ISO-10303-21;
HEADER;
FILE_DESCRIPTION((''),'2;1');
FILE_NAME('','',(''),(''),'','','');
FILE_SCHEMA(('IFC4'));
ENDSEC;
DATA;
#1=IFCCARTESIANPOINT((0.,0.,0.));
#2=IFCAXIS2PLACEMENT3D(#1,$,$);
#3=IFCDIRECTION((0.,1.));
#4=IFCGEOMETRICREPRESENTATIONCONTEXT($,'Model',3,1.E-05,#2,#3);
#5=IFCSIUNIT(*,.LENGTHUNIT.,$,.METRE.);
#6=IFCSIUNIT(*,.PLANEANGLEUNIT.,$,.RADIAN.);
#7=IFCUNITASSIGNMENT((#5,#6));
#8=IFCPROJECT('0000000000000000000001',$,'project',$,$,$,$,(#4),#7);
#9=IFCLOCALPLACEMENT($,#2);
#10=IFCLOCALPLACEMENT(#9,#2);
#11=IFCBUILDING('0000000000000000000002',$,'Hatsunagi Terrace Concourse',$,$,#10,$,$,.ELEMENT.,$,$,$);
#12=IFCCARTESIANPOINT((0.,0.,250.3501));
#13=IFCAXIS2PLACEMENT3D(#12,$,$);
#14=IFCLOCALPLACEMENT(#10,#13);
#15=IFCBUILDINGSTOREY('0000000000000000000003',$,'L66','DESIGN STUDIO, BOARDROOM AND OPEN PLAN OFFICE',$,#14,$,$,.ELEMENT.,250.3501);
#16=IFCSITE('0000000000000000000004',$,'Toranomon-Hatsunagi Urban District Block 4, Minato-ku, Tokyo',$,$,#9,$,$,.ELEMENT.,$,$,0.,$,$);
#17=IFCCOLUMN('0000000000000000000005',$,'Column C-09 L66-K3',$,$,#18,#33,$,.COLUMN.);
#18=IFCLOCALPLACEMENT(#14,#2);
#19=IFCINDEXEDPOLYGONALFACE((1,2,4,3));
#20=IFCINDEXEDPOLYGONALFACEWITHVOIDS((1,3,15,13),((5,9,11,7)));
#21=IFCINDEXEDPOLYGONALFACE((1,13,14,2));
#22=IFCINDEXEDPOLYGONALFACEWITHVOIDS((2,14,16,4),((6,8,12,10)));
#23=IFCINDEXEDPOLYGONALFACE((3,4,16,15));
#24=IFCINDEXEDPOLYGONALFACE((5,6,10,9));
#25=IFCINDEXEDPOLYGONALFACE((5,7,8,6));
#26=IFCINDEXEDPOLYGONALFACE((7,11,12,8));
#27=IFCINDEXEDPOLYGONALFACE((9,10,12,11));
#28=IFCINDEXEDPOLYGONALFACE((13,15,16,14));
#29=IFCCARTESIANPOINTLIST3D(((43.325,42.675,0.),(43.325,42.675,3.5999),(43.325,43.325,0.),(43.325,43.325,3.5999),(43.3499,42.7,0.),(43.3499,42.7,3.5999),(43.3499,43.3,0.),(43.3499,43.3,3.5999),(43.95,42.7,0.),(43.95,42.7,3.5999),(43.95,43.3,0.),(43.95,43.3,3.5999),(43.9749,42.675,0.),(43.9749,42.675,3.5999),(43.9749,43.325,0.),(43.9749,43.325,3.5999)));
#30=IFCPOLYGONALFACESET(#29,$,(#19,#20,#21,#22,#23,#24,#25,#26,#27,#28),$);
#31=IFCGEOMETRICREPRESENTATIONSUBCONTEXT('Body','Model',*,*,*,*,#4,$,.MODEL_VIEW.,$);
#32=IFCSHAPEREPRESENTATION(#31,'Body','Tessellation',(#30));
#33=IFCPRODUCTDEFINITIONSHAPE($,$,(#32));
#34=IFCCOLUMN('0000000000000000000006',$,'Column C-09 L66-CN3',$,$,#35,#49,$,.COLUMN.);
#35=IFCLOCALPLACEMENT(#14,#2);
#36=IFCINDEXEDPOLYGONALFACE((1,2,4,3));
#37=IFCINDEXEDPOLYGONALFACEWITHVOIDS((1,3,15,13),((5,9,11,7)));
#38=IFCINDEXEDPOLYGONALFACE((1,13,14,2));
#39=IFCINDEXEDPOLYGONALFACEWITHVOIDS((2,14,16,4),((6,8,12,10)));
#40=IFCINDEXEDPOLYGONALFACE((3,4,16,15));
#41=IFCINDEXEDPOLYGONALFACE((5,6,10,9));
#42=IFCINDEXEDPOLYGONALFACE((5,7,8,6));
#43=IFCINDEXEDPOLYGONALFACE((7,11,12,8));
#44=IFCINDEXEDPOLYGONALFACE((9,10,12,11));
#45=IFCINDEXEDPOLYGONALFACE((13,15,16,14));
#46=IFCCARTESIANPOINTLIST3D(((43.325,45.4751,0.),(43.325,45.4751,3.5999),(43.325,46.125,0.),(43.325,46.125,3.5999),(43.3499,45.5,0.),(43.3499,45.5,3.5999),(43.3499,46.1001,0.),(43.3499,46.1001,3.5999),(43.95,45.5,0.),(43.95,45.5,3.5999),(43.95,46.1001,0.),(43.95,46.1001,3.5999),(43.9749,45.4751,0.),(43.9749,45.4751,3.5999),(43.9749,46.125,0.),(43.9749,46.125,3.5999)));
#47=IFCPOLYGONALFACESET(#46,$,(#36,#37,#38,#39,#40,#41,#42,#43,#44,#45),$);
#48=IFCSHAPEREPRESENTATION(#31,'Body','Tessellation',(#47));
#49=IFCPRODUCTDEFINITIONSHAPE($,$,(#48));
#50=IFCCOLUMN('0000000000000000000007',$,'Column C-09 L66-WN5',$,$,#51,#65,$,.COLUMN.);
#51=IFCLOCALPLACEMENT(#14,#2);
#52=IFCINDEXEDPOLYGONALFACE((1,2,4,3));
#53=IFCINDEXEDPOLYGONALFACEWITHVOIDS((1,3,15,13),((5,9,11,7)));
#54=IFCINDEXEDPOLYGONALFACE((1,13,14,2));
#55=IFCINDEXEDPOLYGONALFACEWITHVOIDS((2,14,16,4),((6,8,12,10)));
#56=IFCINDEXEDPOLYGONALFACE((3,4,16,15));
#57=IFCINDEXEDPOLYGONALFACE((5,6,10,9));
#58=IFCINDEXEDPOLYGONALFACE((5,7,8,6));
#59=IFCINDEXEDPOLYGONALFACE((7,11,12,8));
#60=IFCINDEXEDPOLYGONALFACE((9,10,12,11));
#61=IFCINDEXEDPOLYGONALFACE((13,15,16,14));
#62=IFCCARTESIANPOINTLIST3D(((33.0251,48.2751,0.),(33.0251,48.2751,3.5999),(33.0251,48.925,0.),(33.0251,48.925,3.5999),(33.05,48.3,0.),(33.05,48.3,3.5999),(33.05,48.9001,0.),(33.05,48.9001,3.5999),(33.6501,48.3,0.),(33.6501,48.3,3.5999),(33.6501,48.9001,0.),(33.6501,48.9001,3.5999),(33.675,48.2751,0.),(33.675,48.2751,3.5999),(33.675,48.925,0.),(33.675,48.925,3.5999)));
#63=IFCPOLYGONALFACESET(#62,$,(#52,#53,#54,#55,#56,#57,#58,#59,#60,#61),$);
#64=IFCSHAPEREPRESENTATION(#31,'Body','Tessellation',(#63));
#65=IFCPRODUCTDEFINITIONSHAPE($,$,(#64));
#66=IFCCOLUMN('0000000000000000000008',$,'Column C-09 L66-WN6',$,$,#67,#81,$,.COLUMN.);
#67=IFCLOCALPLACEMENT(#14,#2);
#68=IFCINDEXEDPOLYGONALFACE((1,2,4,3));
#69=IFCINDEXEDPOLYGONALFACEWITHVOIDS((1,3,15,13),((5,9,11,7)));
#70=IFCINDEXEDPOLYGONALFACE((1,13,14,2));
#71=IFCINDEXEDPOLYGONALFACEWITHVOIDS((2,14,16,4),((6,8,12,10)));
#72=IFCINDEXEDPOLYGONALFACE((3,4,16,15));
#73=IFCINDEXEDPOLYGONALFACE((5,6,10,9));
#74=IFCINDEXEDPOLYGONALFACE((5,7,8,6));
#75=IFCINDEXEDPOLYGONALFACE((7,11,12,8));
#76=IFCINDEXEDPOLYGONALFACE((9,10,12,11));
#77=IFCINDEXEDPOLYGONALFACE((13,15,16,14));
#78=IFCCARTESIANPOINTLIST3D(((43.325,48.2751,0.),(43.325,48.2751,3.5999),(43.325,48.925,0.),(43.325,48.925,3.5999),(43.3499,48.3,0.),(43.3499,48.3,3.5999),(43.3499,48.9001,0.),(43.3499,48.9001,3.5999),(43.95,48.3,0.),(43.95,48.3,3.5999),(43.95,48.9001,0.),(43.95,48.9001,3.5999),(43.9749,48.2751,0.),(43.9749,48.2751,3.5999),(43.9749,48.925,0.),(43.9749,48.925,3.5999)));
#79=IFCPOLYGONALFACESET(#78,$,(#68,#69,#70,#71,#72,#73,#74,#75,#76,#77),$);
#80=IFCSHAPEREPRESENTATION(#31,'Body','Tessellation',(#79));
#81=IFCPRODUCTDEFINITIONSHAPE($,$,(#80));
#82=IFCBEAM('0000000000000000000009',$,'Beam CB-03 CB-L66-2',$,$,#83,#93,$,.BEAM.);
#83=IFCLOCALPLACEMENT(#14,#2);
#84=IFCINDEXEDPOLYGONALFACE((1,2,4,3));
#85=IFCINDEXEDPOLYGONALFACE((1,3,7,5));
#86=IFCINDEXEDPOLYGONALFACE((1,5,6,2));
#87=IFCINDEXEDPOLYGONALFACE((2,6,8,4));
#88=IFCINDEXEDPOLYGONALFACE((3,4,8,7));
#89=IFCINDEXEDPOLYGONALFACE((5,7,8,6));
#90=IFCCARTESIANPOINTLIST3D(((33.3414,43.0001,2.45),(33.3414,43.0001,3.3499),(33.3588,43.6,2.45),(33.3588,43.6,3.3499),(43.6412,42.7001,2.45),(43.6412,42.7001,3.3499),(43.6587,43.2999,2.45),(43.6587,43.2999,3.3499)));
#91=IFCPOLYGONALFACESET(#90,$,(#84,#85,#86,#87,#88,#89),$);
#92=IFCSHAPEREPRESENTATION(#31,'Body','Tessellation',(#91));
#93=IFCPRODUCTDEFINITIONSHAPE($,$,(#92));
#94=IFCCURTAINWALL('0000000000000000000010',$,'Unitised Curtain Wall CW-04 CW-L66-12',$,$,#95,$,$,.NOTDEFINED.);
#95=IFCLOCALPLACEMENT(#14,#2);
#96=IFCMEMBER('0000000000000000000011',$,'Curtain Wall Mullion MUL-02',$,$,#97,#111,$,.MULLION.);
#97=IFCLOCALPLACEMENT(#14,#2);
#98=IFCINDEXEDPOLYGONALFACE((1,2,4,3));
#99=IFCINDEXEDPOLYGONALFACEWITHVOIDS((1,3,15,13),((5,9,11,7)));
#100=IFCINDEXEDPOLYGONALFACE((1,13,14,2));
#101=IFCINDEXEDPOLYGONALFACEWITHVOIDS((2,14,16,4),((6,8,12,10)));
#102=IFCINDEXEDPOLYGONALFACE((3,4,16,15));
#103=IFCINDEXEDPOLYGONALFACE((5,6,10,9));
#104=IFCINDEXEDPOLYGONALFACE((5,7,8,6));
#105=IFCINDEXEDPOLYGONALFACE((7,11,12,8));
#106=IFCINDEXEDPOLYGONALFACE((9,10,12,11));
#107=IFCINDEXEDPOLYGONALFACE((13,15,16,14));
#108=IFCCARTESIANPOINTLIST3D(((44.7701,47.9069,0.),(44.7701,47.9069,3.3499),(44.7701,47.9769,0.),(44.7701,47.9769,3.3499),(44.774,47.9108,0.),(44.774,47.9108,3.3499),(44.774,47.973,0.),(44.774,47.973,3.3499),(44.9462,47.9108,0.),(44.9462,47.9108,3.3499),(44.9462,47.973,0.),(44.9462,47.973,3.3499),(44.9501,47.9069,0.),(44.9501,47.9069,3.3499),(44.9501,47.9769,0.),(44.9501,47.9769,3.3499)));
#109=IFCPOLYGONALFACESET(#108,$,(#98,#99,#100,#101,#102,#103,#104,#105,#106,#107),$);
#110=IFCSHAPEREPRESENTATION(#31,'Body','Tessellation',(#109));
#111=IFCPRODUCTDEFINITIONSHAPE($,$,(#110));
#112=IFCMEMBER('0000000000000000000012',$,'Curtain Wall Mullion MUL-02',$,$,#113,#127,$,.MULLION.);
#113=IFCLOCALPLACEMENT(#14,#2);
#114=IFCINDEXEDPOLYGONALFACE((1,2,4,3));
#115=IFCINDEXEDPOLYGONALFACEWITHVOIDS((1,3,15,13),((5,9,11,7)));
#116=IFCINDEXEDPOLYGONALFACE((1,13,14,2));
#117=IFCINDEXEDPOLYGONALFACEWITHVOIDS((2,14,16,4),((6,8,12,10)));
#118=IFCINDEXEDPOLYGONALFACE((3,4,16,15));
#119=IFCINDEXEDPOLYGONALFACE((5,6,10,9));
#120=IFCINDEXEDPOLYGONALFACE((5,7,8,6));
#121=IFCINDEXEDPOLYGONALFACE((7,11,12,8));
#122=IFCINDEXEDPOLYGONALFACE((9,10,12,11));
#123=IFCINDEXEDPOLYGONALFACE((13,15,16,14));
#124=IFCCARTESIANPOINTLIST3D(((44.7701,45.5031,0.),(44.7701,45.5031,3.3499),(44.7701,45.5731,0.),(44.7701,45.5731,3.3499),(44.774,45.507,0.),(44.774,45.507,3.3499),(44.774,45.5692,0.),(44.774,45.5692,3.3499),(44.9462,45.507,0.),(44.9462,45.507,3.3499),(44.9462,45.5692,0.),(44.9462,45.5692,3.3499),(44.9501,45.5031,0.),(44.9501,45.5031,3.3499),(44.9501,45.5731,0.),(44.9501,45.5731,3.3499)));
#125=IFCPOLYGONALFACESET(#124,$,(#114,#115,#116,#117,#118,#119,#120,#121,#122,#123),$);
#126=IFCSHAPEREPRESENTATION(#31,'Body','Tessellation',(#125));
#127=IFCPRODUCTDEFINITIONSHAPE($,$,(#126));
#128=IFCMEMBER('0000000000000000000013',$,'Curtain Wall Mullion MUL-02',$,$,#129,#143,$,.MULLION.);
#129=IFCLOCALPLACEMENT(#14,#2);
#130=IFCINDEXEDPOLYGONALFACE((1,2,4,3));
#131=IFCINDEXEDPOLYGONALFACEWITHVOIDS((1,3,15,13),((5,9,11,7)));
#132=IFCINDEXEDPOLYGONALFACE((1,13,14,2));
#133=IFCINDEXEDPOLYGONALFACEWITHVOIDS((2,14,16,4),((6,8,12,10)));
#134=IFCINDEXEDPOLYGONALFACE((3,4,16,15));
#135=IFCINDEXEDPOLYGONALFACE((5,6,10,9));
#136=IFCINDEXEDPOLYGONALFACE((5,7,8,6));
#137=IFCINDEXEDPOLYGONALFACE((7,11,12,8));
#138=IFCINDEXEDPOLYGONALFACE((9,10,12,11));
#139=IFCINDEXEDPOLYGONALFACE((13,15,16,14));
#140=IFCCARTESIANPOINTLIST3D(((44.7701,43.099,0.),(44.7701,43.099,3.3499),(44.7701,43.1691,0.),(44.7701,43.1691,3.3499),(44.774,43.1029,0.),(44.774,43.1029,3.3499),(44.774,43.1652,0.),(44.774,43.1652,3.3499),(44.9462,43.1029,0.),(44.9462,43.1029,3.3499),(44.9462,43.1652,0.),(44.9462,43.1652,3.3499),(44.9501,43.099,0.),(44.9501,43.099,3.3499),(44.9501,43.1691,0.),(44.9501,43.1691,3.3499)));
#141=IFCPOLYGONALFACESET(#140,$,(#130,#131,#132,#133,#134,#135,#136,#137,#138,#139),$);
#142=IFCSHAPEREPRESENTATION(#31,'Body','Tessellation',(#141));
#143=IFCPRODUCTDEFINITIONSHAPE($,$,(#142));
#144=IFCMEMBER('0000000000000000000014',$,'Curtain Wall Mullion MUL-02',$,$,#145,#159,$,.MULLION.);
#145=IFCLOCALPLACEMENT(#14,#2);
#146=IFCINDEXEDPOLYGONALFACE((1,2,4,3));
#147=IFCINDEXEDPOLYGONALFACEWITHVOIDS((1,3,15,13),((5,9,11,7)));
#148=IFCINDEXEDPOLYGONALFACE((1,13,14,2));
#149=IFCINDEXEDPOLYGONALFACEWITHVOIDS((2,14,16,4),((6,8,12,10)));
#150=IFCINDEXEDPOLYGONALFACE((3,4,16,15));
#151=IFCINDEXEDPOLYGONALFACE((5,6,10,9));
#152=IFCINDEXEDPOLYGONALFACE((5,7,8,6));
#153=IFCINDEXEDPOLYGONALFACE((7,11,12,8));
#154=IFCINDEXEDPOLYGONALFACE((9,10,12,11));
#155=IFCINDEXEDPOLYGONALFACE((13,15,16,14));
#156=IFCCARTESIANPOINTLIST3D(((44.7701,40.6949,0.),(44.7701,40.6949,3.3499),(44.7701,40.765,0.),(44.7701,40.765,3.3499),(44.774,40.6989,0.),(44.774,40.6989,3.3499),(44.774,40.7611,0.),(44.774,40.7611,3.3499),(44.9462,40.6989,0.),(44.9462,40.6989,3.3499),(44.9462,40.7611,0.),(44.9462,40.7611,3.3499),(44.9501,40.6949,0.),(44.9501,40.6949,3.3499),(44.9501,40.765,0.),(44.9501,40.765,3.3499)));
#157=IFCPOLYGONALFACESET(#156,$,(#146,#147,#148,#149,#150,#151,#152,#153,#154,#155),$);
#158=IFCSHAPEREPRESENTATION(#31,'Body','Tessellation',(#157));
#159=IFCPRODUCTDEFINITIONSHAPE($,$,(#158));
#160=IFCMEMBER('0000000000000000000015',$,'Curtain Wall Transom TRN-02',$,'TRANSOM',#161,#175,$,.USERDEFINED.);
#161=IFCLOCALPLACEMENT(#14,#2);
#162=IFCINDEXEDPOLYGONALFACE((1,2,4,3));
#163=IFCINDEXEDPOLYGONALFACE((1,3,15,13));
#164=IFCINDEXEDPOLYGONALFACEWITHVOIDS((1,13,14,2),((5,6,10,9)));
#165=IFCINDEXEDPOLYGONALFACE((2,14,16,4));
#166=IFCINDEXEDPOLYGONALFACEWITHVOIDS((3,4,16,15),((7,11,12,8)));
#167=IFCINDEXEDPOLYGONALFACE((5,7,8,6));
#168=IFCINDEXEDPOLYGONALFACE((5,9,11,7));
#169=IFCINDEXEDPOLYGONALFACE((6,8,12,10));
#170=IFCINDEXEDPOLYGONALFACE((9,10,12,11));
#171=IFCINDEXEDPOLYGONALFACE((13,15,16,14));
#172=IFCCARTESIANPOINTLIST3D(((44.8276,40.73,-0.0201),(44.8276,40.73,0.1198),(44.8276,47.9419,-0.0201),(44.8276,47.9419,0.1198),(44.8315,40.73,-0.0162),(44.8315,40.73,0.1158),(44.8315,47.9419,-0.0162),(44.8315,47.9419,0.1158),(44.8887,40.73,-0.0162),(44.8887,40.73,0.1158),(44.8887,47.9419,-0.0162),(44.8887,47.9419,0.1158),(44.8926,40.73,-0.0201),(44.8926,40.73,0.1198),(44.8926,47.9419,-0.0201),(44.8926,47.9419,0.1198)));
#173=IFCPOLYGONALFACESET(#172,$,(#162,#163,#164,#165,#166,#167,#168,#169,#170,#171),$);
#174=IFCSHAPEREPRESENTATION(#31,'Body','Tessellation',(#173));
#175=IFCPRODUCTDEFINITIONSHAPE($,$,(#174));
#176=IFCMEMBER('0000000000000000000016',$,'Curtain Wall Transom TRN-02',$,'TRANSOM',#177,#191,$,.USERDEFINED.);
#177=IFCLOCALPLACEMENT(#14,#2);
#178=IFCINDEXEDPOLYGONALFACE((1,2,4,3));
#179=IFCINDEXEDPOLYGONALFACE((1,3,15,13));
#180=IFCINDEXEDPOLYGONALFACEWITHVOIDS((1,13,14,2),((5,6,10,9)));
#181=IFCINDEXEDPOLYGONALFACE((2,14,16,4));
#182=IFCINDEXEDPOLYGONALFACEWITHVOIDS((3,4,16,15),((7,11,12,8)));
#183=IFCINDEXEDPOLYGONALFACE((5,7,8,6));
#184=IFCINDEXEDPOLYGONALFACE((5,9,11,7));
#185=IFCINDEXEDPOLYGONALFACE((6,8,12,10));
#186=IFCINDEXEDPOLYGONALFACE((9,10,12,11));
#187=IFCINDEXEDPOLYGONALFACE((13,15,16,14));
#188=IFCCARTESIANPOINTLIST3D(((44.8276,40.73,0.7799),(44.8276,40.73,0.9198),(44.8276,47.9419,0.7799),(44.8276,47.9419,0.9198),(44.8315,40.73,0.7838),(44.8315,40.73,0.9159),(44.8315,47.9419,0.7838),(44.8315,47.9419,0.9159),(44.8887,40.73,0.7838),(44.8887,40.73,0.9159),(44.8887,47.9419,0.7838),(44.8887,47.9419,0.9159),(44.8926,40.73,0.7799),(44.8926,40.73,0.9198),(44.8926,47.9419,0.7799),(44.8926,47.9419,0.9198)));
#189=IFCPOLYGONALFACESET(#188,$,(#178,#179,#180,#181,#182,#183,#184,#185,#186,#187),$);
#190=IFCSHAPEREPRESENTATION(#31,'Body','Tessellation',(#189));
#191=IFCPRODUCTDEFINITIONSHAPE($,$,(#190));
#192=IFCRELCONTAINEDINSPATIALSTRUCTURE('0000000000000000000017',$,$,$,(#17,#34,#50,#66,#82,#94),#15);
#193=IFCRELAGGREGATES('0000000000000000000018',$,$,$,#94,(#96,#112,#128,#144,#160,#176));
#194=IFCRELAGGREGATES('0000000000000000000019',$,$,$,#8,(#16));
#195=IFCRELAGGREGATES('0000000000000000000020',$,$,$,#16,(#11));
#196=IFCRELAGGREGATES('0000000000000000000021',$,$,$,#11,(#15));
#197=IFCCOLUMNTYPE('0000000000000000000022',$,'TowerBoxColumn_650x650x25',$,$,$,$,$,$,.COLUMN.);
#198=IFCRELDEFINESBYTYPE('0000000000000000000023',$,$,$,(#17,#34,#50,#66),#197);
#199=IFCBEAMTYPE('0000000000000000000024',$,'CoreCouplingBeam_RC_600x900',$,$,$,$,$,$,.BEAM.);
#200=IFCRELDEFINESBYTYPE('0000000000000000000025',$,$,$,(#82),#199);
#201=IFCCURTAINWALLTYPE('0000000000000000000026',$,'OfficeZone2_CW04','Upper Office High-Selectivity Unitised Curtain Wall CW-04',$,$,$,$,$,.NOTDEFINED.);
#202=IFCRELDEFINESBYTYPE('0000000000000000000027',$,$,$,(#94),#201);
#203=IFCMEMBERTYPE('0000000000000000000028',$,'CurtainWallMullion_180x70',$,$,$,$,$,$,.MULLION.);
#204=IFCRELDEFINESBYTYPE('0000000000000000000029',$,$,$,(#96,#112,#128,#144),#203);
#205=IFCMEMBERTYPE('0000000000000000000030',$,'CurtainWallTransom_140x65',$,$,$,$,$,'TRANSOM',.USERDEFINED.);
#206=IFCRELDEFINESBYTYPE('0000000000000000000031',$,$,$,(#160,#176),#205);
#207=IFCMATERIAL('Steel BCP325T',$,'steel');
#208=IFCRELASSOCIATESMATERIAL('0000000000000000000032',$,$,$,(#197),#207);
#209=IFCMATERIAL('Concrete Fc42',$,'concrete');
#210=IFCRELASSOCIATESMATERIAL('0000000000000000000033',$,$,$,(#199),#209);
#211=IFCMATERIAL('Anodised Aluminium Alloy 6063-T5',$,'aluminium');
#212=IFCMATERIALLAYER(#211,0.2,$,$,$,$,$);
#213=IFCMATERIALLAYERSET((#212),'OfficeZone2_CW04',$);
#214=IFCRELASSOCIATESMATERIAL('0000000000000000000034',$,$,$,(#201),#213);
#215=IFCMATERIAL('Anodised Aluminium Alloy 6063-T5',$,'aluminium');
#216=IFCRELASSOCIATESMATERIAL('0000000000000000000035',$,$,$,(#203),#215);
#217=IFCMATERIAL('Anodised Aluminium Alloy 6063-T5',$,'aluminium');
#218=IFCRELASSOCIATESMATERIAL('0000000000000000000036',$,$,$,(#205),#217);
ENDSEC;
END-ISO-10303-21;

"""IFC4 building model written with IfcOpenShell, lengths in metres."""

from ifc_helpers import new_model, si_unit, direction, frame, origin, origin_2d, place, context, subcontext, project, spatial, rectangle, hollow_rectangle, extrude, material, layer, layer_set, material_profile, profile_set, type_object, element, aggregate, save


model = new_model("IFC4")

# Units and contexts
model_context = context("Model", 3, precision=1e-05, world=origin(), true_north=direction((0.0, 1.0)))
body_context = subcontext(model_context, "Body", "Model", "MODEL_VIEW")
ifc_project = project(units=[si_unit("LENGTHUNIT", "METRE"), si_unit("PLANEANGLEUNIT", "RADIAN")], contexts=[model_context])

# Site, building, storey
site_placement = place(None, origin())
site = spatial("IfcSite", under=ifc_project, at=site_placement, Name="Toranomon-Hatsunagi Urban District Block 4, Minato-ku, Tokyo", CompositionType="ELEMENT", RefElevation=0.0)
building_placement = place(site_placement, origin())
building = spatial("IfcBuilding", under=site, at=building_placement, Name="Hatsunagi Terrace Concourse", CompositionType="ELEMENT")
storey_placement = place(building_placement, frame((0.0, 0.0, 250.3501)))
storey = spatial("IfcBuildingStorey", under=building, at=storey_placement, Name="L66", Description="DESIGN STUDIO, BOARDROOM AND OPEN PLAN OFFICE", CompositionType="ELEMENT", Elevation=250.3501)

# Columns
ifc_material_1 = material(Name="Steel BCP325T", Category="steel")
ifc_material_profile_1 = material_profile(ifc_material_1, hollow_rectangle(XDim=0.6499, YDim=0.6499, WallThickness=0.0249, at=origin_2d()), Name="BCP-650x650x25")
ifc_profile_set_1 = profile_set([ifc_material_profile_1], Name="Steel BCP325T")
column_type = type_object("IfcColumnType", Name="TowerBoxColumn_650x650x25", PredefinedType="COLUMN", material=ifc_profile_set_1)
for number, where, z_axis, x_axis, name in (
    (1, (43.6499, 43.0, 0.0), (0.0, 0.0, 1.0), (1.0, 0.0, 0.0), "Column C-09 L66-K3"),
    (2, (43.6499, 45.8, 0.0), (0.0, 0.0, 1.0), (1.0, 0.0, 0.0), "Column C-09 L66-CN3"),
    (3, (33.3501, 48.6001, 0.0), (0.0, 0.0, 1.0), (1.0, 0.0, 0.0), "Column C-09 L66-WN5"),
    (4, (43.6499, 48.6001, 0.0), (0.0, 0.0, 1.0), (1.0, 0.0, 0.0), "Column C-09 L66-WN6"),
):
    element("IfcColumn", number, at=place(storey_placement, frame(where, z_axis=z_axis, x_axis=x_axis)), inside=storey, type_object=column_type, Name=name, PredefinedType="COLUMN", context=body_context, shape_type="SweptSolid", body=[
        extrude(hollow_rectangle(XDim=0.6499, YDim=0.6499, WallThickness=0.0249, at=origin_2d()), origin(), (0.0, 0.0, 1.0), 3.5999),
    ])

# Beam
ifc_material_2 = material(Name="Concrete Fc42", Category="concrete")
ifc_material_profile_2 = material_profile(ifc_material_2, rectangle(XDim=0.6001, YDim=0.8999, at=origin_2d()), Name="RC-600x900")
ifc_profile_set_2 = profile_set([ifc_material_profile_2], Name="Concrete Fc42")
beam_type_1 = type_object("IfcBeamType", Name="CoreCouplingBeam_RC_600x900", PredefinedType="BEAM", material=ifc_profile_set_2)
beam_1_placement = place(storey_placement, frame((33.3501, 43.3, 2.8999), z_axis=(0.999576, -0.029119, 0.0), x_axis=(0.029119, 0.999576, 0.0)))
element("IfcBeam", 5, at=beam_1_placement, inside=storey, type_object=beam_type_1, Name="Beam CB-03 CB-L66-2", PredefinedType="BEAM", context=body_context, shape_type="SweptSolid", body=[
    extrude(rectangle(XDim=0.6001, YDim=0.8999, at=origin_2d()), origin(), (0.0, 0.0, 1.0), 10.3042),
])

# Curtain wall, members
ifc_material_3 = material(Name="Anodised Aluminium Alloy 6063-T5", Category="aluminium")
ifc_layer_1 = layer(ifc_material_3, 0.2)
ifc_layer_set_1 = layer_set([ifc_layer_1], Name="OfficeZone2_CW04")
curtain_wall_type = type_object("IfcCurtainWallType", Name="OfficeZone2_CW04", Description="Upper Office High-Selectivity Unitised Curtain Wall CW-04", PredefinedType="NOTDEFINED", material=ifc_layer_set_1)
curtain_wall_placement = place(storey_placement, origin())
curtain_wall = element("IfcCurtainWall", 6, at=curtain_wall_placement, inside=storey, type_object=curtain_wall_type, Name="Unitised Curtain Wall CW-04 CW-L66-12", PredefinedType="NOTDEFINED")
ifc_material_4 = material(Name="Anodised Aluminium Alloy 6063-T5", Category="aluminium")
ifc_material_profile_3 = material_profile(ifc_material_4, hollow_rectangle(XDim=0.0701, YDim=0.1799, WallThickness=0.0039, at=origin_2d()), Name="ALU-MUL-180x70x4")
ifc_profile_set_3 = profile_set([ifc_material_profile_3], Name="Anodised Aluminium Alloy 6063-T5")
member_type_1 = type_object("IfcMemberType", Name="CurtainWallMullion_180x70", PredefinedType="MULLION", material=ifc_profile_set_3)
member_1_placement = place(storey_placement, frame((44.8601, 47.9419, 0.0), z_axis=(0.0, 0.0, 1.0), x_axis=(0.0, -1.0, 0.0)))
member_1 = element("IfcMember", 7, at=member_1_placement, type_object=member_type_1, Name="Curtain Wall Mullion MUL-02", PredefinedType="MULLION", context=body_context, shape_type="SweptSolid", body=[
    extrude(hollow_rectangle(XDim=0.0701, YDim=0.1799, WallThickness=0.0039, at=origin_2d()), origin(), (0.0, 0.0, 1.0), 3.3499),
])
member_2_placement = place(storey_placement, frame((44.8601, 45.5381, 0.0), z_axis=(0.0, 0.0, 1.0), x_axis=(0.0, -1.0, 0.0)))
member_2 = element("IfcMember", 8, at=member_2_placement, type_object=member_type_1, Name="Curtain Wall Mullion MUL-02", PredefinedType="MULLION", context=body_context, shape_type="SweptSolid", body=[
    extrude(hollow_rectangle(XDim=0.0701, YDim=0.1799, WallThickness=0.0039, at=origin_2d()), origin(), (0.0, 0.0, 1.0), 3.3499),
])
member_3_placement = place(storey_placement, frame((44.8601, 43.134, 0.0), z_axis=(0.0, 0.0, 1.0), x_axis=(0.0, -1.0, 0.0)))
member_3 = element("IfcMember", 9, at=member_3_placement, type_object=member_type_1, Name="Curtain Wall Mullion MUL-02", PredefinedType="MULLION", context=body_context, shape_type="SweptSolid", body=[
    extrude(hollow_rectangle(XDim=0.0701, YDim=0.1799, WallThickness=0.0039, at=origin_2d()), origin(), (0.0, 0.0, 1.0), 3.3499),
])
member_4_placement = place(storey_placement, frame((44.8601, 40.73, 0.0), z_axis=(0.0, 0.0, 1.0), x_axis=(0.0, -1.0, 0.0)))
member_4 = element("IfcMember", 10, at=member_4_placement, type_object=member_type_1, Name="Curtain Wall Mullion MUL-02", PredefinedType="MULLION", context=body_context, shape_type="SweptSolid", body=[
    extrude(hollow_rectangle(XDim=0.0701, YDim=0.1799, WallThickness=0.0039, at=origin_2d()), origin(), (0.0, 0.0, 1.0), 3.3499),
])
ifc_material_5 = material(Name="Anodised Aluminium Alloy 6063-T5", Category="aluminium")
ifc_material_profile_4 = material_profile(ifc_material_5, hollow_rectangle(XDim=0.0649, YDim=0.1399, WallThickness=0.0039, at=origin_2d()), Name="ALU-TRN-140x65x4")
ifc_profile_set_4 = profile_set([ifc_material_profile_4], Name="Anodised Aluminium Alloy 6063-T5")
member_type_2 = type_object("IfcMemberType", Name="CurtainWallTransom_140x65", ElementType="TRANSOM", PredefinedType="USERDEFINED", material=ifc_profile_set_4)
member_5_placement = place(storey_placement, frame((44.8601, 47.9419, 0.0498), z_axis=(0.0, -1.0, 0.0), x_axis=(1.0, 0.0, 0.0)))
member_5 = element("IfcMember", 11, at=member_5_placement, type_object=member_type_2, Name="Curtain Wall Transom TRN-02", ObjectType="TRANSOM", PredefinedType="USERDEFINED", context=body_context, shape_type="SweptSolid", body=[
    extrude(hollow_rectangle(XDim=0.0649, YDim=0.1399, WallThickness=0.0039, at=origin_2d()), origin(), (0.0, 0.0, 1.0), 7.2119),
])
member_6_placement = place(storey_placement, frame((44.8601, 47.9419, 0.8499), z_axis=(0.0, -1.0, 0.0), x_axis=(1.0, 0.0, 0.0)))
member_6 = element("IfcMember", 12, at=member_6_placement, type_object=member_type_2, Name="Curtain Wall Transom TRN-02", ObjectType="TRANSOM", PredefinedType="USERDEFINED", context=body_context, shape_type="SweptSolid", body=[
    extrude(hollow_rectangle(XDim=0.0649, YDim=0.1399, WallThickness=0.0039, at=origin_2d()), origin(), (0.0, 0.0, 1.0), 7.2119),
])

aggregate(curtain_wall, [member_1, member_2, member_3, member_4, member_5, member_6])

save(model, "model.ifc")
